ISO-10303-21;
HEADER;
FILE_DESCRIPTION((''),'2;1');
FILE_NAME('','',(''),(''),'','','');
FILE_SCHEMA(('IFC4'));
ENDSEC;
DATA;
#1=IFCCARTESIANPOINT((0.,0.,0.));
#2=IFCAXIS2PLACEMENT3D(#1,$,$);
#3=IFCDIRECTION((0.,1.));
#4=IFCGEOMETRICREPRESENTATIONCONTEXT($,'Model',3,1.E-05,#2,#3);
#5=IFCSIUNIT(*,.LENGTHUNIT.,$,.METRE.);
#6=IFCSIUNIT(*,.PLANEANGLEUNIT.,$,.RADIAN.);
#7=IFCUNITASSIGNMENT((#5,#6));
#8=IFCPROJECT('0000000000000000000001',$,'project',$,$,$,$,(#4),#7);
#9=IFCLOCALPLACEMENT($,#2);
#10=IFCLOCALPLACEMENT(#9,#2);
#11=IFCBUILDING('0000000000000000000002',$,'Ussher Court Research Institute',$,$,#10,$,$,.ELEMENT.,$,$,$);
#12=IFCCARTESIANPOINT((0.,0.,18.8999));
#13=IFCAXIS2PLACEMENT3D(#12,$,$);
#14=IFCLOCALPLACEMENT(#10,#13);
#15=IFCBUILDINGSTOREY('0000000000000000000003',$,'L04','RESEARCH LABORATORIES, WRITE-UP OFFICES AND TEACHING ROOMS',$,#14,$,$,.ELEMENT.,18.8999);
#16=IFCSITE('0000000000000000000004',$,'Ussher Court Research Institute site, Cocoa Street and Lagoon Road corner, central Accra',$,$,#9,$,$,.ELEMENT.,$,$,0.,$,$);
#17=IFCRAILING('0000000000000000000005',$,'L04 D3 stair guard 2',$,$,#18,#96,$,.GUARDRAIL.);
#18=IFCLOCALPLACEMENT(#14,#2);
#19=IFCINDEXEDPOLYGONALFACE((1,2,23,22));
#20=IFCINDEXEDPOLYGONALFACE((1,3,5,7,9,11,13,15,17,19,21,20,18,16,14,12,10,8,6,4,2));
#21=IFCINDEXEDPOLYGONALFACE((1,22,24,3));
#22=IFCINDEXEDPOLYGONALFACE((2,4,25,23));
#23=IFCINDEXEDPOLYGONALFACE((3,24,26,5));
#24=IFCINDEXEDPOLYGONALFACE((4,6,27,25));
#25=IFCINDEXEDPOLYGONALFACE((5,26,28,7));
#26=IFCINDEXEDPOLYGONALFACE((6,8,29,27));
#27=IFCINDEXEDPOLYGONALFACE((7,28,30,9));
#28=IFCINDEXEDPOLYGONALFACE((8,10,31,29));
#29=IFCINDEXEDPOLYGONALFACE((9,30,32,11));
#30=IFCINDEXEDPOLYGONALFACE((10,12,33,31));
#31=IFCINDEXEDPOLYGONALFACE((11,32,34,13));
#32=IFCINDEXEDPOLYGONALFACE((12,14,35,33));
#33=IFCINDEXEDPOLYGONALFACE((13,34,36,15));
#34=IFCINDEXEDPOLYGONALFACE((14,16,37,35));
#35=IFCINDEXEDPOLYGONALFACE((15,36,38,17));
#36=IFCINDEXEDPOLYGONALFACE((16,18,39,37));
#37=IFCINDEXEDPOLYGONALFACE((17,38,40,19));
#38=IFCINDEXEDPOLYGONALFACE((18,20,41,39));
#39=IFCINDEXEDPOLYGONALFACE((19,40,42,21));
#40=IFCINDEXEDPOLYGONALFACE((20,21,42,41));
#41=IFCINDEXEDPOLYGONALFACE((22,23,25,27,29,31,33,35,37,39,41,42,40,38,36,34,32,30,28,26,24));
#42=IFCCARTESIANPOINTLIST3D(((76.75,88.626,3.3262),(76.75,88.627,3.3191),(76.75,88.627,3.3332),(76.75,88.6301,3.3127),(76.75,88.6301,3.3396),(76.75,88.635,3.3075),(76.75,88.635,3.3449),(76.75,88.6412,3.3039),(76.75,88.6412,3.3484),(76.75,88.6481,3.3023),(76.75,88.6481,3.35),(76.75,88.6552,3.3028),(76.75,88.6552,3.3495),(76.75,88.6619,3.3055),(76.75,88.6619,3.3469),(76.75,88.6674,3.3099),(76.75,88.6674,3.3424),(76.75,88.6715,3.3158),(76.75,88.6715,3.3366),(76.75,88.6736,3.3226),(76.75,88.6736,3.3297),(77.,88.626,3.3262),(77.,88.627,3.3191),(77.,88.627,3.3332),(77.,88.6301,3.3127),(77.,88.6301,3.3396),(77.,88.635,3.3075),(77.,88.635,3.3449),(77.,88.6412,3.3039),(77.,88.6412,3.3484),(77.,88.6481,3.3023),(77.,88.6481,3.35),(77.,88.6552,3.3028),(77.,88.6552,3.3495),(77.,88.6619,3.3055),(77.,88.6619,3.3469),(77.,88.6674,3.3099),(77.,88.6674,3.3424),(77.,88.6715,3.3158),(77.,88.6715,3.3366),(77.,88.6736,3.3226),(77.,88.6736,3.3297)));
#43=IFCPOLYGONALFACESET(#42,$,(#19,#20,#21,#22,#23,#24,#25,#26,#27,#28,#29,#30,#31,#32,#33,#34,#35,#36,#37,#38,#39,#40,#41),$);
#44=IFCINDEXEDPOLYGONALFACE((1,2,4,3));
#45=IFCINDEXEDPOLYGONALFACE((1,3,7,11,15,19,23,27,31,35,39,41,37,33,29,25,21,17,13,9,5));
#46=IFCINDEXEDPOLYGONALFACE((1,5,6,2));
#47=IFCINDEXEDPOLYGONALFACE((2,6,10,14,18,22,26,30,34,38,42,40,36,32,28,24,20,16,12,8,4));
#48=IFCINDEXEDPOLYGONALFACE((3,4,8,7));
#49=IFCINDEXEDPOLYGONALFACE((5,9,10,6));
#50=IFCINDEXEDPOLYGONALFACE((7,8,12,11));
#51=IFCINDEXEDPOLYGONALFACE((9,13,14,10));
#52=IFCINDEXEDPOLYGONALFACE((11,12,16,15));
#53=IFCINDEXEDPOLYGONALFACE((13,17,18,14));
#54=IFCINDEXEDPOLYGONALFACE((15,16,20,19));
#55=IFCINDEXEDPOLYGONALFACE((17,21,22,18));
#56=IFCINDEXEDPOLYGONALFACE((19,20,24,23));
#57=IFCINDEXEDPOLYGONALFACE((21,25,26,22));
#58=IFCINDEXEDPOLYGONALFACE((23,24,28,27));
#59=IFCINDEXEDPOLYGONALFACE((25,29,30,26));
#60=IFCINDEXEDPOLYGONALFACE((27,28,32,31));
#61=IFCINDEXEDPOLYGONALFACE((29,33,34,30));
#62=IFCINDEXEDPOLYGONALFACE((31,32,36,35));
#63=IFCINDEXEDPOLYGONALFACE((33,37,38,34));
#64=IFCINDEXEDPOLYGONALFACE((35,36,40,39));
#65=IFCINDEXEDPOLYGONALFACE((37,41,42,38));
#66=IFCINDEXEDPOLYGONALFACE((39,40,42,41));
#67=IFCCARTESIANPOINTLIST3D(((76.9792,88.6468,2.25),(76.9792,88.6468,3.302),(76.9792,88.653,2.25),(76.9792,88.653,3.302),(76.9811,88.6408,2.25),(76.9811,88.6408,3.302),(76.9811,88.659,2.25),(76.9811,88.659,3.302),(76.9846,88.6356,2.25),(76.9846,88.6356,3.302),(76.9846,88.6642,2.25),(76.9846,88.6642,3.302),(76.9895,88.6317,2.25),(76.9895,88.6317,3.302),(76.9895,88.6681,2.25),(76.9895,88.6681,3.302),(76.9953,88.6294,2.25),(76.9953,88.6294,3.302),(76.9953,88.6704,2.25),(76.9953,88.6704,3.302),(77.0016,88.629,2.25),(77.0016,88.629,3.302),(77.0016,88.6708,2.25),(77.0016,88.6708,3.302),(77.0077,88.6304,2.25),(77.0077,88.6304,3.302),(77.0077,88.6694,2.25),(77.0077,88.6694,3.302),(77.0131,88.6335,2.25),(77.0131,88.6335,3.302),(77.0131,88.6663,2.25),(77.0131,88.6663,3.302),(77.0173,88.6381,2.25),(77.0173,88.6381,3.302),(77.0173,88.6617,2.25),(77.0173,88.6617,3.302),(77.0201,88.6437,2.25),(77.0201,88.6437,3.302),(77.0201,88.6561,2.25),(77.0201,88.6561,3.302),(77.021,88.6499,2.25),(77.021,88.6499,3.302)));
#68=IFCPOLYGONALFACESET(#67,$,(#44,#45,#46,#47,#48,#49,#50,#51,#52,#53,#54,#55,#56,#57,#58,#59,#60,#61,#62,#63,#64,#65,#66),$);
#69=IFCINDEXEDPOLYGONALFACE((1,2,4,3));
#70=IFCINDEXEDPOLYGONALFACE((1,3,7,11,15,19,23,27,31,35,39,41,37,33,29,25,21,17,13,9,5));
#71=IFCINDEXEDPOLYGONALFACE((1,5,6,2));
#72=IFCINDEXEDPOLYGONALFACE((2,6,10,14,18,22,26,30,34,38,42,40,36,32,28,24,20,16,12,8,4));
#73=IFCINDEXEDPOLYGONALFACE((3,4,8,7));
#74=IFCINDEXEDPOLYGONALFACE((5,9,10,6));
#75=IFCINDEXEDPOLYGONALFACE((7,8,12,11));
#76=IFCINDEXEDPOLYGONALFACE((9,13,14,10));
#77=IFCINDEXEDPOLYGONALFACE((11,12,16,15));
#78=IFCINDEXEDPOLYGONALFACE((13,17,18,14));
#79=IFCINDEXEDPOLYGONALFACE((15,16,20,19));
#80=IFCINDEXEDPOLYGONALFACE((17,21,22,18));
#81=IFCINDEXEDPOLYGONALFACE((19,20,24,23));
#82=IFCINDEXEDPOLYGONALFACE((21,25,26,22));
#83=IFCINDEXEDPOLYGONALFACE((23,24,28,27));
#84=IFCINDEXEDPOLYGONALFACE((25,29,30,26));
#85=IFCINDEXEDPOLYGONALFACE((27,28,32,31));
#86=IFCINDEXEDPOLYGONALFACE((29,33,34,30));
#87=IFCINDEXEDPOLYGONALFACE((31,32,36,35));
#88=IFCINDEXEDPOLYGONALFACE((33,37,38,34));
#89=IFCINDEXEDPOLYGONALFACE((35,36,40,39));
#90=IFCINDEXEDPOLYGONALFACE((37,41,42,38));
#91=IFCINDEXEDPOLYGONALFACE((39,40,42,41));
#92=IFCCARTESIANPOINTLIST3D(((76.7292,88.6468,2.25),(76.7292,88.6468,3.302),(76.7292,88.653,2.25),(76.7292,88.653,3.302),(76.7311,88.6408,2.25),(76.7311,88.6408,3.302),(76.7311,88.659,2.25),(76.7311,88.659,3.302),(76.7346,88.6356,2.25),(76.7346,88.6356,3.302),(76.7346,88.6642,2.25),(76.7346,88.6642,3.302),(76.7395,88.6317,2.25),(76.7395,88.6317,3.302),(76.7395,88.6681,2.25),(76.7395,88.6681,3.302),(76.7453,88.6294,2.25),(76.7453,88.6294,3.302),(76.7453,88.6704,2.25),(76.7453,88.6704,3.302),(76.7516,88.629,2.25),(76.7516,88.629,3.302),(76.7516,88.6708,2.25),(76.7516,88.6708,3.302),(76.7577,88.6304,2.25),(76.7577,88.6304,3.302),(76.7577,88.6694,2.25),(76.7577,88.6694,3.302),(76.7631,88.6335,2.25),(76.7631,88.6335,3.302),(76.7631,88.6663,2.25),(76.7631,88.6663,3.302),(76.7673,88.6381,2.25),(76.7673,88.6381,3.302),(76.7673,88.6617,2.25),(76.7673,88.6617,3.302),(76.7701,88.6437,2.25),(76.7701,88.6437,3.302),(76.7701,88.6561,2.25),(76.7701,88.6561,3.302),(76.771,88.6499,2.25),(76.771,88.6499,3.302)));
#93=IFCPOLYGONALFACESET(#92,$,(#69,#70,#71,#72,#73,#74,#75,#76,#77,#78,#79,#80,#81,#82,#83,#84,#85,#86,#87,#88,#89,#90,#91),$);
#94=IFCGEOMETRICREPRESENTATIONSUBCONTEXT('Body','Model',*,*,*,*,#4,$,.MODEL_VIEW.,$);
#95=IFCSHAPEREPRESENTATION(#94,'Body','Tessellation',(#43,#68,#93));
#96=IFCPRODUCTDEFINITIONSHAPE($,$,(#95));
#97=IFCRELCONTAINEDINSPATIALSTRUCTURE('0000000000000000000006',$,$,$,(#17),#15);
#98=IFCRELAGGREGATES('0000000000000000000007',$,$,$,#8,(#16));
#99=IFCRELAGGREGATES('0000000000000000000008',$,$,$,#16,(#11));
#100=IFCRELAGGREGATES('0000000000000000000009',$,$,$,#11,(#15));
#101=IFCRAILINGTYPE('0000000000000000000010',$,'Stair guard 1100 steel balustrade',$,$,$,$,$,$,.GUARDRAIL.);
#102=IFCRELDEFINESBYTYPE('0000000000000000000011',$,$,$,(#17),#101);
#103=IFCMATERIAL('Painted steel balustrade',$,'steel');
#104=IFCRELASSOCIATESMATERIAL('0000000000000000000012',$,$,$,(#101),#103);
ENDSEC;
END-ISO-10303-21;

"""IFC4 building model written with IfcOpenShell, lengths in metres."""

from ifc_helpers import new_model, si_unit, direction, frame, origin, origin_2d, place, context, subcontext, project, spatial, circle, extrude, material, type_object, element, save


model = new_model("IFC4")

# Units and contexts
model_context = context("Model", 3, precision=1e-05, world=origin(), true_north=direction((0.0, 1.0)))
body_context = subcontext(model_context, "Body", "Model", "MODEL_VIEW")
ifc_project = project(units=[si_unit("LENGTHUNIT", "METRE"), si_unit("PLANEANGLEUNIT", "RADIAN")], contexts=[model_context])

# Site, building, storey
site_placement = place(None, origin())
site = spatial("IfcSite", under=ifc_project, at=site_placement, Name="Ussher Court Research Institute site, Cocoa Street and Lagoon Road corner, central Accra", CompositionType="ELEMENT", RefElevation=0.0)
building_placement = place(site_placement, origin())
building = spatial("IfcBuilding", under=site, at=building_placement, Name="Ussher Court Research Institute", CompositionType="ELEMENT")
storey_placement = place(building_placement, frame((0.0, 0.0, 18.8999)))
storey = spatial("IfcBuildingStorey", under=building, at=storey_placement, Name="L04", Description="RESEARCH LABORATORIES, WRITE-UP OFFICES AND TEACHING ROOMS", CompositionType="ELEMENT", Elevation=18.8999)

# Railing
ifc_material_1 = material(Name="Painted steel balustrade", Category="steel")
railing_type = type_object("IfcRailingType", Name="Stair guard 1100 steel balustrade", PredefinedType="GUARDRAIL", material=ifc_material_1)
railing_placement = place(storey_placement, frame((77.0, 88.6499, 2.25)))
element("IfcRailing", 1, at=railing_placement, inside=storey, type_object=railing_type, Name="L04 D3 stair guard 2", PredefinedType="GUARDRAIL", context=body_context, shape_type="SweptSolid", body=[
    extrude(circle(Radius=0.0239, at=origin_2d()), frame((0.0, 0.0, 1.0762), z_axis=(-1.0, 0.0, 0.0), x_axis=(0.0, -1.0, 0.0)), (0.0, 0.0, 1.0), 0.25),
    extrude(circle(Radius=0.021, at=origin_2d()), origin(), (0.0, 0.0, 1.0), 1.052),
    extrude(circle(Radius=0.021, at=origin_2d()), frame((-0.25, 0.0, 0.0)), (0.0, 0.0, 1.0), 1.052),
])

save(model, "model.ifc")
